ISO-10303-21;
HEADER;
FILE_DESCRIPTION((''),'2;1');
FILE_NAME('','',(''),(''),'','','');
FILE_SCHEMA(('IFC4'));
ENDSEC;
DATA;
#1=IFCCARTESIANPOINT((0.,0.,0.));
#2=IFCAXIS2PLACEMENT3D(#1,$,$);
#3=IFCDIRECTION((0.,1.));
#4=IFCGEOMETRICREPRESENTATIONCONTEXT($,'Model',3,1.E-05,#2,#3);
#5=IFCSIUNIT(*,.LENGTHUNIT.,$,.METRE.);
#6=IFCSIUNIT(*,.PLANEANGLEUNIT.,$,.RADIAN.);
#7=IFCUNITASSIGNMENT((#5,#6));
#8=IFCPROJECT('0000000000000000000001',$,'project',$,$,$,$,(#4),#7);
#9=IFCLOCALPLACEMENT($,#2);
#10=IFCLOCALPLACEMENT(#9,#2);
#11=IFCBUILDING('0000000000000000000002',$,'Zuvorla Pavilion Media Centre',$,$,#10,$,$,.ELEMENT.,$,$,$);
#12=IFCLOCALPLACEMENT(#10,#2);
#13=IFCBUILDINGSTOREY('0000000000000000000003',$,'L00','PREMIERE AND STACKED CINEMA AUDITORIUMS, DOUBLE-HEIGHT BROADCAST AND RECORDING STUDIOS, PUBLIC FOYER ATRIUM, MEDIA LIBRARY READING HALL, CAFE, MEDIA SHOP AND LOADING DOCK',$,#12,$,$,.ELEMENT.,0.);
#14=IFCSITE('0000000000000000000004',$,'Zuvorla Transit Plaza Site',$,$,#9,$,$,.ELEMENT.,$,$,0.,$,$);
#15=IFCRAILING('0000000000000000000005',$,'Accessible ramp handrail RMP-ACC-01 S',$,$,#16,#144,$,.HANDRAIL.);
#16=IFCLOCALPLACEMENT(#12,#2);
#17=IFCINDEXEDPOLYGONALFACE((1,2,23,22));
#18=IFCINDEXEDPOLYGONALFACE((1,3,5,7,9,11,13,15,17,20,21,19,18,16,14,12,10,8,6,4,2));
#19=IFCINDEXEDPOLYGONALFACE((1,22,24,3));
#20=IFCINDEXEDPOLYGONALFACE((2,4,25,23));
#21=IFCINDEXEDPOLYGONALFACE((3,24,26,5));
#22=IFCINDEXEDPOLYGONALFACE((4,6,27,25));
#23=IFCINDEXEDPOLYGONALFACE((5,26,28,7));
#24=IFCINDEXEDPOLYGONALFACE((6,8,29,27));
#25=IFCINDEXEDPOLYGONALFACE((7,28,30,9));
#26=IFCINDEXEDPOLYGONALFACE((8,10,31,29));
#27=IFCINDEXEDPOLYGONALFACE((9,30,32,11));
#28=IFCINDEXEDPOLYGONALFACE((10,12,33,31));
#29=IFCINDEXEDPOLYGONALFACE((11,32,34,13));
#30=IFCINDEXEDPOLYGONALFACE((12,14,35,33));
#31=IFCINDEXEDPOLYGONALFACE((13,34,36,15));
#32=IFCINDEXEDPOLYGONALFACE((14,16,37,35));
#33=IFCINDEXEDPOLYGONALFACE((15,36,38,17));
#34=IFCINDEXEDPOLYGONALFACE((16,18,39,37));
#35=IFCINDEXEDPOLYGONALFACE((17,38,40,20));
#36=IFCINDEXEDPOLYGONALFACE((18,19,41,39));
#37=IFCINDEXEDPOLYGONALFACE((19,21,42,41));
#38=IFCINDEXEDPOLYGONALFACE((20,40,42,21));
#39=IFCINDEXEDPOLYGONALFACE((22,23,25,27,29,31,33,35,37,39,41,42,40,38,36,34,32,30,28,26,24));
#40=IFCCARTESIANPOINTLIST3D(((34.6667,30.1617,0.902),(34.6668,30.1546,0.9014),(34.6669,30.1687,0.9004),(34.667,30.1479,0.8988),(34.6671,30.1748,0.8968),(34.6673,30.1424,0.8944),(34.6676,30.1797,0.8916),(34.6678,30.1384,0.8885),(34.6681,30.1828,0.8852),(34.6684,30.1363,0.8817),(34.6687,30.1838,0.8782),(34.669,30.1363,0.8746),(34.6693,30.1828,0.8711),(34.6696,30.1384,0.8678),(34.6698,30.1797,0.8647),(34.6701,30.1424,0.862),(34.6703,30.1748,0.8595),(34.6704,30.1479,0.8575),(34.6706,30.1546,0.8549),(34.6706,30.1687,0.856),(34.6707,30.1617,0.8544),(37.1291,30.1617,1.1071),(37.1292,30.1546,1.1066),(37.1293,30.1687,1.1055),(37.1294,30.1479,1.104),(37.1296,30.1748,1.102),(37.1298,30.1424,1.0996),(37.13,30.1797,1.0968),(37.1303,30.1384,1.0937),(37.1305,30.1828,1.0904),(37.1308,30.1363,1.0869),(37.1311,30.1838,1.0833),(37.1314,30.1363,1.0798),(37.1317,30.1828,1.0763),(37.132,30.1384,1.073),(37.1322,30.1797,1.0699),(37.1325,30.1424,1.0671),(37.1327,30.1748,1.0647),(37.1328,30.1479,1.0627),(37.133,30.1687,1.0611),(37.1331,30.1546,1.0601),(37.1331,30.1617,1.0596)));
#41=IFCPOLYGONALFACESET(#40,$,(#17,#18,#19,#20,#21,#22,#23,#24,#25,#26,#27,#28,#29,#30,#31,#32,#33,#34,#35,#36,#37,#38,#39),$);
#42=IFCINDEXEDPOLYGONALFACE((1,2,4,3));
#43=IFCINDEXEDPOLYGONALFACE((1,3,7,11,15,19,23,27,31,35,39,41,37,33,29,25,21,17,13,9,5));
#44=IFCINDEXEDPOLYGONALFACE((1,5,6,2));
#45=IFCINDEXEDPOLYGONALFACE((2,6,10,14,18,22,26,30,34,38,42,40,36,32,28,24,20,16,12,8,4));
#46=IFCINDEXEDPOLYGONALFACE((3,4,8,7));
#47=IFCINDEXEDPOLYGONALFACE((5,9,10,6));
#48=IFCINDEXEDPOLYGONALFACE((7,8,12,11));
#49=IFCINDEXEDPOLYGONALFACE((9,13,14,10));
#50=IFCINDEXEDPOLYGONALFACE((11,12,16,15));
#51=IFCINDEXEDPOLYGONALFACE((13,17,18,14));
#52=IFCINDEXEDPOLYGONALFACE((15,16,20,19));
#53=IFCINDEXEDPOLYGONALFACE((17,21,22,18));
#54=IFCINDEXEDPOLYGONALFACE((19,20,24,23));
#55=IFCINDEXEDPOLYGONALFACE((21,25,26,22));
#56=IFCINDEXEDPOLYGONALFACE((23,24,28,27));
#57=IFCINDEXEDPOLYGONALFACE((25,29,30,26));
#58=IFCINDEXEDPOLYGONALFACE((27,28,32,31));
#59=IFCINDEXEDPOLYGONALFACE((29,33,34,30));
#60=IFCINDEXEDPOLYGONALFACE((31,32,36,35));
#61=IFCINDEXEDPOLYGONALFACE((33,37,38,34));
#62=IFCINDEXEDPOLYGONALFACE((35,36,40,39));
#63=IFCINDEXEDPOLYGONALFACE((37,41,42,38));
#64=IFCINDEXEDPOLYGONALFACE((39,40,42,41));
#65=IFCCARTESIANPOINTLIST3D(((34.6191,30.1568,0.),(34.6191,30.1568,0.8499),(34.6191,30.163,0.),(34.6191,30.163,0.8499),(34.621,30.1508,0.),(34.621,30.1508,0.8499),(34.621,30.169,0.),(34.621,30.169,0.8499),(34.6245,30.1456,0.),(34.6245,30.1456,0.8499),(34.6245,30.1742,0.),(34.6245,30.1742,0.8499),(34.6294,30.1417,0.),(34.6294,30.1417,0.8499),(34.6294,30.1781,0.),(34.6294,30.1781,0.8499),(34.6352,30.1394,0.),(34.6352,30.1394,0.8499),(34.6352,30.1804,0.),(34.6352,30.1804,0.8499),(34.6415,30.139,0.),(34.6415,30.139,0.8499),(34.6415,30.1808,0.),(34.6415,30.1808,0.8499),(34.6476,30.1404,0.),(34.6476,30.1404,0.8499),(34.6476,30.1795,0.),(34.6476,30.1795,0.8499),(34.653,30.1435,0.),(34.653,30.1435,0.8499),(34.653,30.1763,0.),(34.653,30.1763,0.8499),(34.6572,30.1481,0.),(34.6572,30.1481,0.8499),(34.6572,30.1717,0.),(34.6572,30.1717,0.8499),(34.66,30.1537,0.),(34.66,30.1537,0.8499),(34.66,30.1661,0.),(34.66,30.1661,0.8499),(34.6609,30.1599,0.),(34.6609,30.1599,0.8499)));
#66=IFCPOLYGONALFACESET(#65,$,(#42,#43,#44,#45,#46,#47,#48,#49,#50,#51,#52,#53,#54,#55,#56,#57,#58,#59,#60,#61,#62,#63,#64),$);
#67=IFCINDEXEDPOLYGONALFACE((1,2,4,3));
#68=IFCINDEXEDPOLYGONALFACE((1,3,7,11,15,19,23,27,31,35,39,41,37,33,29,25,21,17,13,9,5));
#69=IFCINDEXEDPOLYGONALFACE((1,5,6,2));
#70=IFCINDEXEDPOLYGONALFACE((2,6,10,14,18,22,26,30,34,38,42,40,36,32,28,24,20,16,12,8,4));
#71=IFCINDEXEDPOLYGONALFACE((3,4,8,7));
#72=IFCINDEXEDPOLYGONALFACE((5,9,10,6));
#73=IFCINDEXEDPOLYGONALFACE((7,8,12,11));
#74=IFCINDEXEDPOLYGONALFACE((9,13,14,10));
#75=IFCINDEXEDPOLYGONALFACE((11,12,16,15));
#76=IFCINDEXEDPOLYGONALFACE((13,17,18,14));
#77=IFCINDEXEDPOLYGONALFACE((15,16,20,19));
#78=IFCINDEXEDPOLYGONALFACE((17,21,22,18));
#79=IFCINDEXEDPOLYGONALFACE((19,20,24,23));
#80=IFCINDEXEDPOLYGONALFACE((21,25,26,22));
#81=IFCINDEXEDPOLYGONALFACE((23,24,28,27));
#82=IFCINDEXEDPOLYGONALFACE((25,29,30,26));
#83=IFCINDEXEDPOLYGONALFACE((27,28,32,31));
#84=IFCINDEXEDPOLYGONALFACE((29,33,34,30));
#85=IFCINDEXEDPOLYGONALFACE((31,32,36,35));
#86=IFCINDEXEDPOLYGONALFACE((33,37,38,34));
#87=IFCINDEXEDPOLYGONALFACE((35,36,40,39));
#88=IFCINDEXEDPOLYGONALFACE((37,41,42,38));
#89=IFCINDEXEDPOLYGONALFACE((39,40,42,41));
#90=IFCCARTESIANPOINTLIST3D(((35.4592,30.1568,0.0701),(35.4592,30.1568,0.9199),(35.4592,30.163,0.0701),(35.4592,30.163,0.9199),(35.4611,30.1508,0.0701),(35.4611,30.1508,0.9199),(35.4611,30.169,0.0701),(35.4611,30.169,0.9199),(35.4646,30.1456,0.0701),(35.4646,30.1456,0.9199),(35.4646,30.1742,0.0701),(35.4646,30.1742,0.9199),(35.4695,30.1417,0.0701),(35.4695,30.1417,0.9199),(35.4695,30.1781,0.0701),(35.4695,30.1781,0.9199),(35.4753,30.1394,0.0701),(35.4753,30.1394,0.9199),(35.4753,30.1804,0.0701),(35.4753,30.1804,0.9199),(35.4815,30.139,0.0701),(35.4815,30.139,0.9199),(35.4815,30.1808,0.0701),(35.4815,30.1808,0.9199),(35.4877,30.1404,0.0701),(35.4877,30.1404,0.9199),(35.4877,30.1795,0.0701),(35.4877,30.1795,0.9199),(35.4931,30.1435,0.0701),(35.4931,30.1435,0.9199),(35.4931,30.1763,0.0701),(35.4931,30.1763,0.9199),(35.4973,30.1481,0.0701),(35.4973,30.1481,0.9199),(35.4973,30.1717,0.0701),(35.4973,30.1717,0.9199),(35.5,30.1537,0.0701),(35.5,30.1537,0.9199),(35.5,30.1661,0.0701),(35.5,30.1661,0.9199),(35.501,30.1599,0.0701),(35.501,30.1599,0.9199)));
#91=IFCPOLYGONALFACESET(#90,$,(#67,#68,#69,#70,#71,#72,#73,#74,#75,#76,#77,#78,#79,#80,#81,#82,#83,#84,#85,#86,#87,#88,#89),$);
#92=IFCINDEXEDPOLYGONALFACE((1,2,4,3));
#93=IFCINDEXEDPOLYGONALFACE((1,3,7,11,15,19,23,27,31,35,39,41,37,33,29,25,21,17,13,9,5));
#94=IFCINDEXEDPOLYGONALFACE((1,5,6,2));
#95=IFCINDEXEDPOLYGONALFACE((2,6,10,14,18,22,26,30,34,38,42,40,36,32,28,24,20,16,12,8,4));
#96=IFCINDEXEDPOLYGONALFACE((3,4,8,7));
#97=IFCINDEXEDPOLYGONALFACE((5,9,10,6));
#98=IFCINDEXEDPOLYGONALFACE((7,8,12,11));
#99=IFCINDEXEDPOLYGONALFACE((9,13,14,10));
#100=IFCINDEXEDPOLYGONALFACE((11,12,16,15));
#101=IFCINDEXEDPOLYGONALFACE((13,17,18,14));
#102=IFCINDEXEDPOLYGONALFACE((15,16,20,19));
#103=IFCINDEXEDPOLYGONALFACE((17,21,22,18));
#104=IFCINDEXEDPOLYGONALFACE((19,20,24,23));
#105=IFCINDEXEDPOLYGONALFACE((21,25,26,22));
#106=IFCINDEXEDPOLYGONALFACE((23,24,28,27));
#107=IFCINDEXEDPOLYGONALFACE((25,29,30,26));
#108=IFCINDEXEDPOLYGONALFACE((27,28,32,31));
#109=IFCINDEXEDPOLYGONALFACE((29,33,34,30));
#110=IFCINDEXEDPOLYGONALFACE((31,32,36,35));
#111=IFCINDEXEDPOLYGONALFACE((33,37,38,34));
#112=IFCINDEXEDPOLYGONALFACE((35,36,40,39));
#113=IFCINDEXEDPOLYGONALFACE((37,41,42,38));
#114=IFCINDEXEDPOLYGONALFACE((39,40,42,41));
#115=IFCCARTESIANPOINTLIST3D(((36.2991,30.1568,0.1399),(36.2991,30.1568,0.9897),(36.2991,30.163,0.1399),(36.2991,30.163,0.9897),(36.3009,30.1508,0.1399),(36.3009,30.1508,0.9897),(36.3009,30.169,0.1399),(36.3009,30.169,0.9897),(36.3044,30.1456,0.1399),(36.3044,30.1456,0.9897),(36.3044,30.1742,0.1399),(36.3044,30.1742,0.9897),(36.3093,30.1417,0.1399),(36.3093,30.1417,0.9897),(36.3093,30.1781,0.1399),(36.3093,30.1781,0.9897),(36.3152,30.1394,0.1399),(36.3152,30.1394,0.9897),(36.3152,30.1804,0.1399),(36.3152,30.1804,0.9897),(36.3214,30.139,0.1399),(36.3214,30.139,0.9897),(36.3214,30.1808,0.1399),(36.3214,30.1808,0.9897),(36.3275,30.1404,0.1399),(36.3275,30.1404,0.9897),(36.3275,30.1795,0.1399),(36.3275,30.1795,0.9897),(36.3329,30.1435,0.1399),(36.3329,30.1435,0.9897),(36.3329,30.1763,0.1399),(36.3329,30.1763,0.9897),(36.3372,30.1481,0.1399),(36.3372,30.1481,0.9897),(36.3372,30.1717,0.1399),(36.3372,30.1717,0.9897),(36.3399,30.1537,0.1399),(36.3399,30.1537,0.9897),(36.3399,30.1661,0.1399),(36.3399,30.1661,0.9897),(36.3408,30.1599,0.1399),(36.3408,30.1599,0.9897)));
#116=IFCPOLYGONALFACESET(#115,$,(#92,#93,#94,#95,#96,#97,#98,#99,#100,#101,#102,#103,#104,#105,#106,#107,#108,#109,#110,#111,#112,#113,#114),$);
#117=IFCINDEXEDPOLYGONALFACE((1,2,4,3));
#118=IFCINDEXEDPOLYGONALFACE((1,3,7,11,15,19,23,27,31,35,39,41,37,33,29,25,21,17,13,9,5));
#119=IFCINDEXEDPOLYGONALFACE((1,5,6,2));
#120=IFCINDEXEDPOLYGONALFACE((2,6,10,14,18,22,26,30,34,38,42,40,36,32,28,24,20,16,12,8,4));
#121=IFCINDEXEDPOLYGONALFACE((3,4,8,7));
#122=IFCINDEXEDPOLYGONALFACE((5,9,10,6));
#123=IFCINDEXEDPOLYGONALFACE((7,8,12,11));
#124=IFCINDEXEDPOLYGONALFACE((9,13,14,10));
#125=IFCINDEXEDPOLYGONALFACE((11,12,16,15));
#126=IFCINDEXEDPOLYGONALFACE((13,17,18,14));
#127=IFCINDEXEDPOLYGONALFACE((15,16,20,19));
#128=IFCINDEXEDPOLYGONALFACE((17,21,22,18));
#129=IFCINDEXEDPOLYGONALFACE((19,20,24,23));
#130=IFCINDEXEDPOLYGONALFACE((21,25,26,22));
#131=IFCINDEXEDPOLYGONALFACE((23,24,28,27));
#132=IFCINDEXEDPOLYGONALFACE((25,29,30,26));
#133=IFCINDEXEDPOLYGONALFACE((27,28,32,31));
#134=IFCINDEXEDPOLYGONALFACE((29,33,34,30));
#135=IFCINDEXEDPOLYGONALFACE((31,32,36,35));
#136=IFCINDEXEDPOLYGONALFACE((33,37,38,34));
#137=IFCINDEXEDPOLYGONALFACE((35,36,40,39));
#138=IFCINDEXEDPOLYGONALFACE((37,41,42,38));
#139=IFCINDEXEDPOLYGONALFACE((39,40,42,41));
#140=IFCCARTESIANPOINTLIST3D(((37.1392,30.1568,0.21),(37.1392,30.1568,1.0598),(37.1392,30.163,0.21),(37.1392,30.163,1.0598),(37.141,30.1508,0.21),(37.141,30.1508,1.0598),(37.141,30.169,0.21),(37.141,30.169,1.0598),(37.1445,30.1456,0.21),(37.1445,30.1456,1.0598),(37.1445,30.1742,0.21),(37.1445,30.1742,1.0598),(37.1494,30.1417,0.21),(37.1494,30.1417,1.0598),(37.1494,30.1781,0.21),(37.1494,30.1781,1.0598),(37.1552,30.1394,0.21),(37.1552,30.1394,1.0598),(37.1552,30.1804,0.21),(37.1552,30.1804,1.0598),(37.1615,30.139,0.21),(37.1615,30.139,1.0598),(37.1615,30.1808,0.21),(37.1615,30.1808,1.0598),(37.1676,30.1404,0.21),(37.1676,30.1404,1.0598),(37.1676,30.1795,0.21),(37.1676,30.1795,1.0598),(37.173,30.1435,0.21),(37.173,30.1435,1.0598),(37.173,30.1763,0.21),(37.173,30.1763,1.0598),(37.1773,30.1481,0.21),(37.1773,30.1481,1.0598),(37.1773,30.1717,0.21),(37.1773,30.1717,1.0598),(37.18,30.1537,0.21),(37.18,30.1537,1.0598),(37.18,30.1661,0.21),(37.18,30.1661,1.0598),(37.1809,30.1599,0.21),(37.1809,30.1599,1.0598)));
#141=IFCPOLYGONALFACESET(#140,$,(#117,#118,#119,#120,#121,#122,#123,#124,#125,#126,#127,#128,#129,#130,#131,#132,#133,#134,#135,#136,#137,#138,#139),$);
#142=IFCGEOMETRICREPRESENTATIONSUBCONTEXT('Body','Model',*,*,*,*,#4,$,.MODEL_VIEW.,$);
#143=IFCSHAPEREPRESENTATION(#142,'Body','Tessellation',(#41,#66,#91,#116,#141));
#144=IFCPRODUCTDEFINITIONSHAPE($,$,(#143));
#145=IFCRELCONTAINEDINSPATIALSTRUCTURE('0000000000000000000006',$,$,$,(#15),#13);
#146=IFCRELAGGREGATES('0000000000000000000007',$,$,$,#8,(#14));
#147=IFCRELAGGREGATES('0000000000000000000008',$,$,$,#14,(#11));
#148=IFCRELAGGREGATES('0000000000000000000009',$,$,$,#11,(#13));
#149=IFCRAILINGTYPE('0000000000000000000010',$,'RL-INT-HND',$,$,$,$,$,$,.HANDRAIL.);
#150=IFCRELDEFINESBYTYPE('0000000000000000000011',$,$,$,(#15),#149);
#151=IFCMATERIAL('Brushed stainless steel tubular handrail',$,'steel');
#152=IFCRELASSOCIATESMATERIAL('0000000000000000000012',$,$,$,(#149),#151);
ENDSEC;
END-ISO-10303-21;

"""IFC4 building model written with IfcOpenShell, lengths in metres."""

from ifc_helpers import new_model, si_unit, direction, frame, origin, origin_2d, place, context, subcontext, project, spatial, circle, extrude, material, type_object, element, save


model = new_model("IFC4")

# Units and contexts
model_context = context("Model", 3, precision=1e-05, world=origin(), true_north=direction((0.0, 1.0)))
body_context = subcontext(model_context, "Body", "Model", "MODEL_VIEW")
ifc_project = project(units=[si_unit("LENGTHUNIT", "METRE"), si_unit("PLANEANGLEUNIT", "RADIAN")], contexts=[model_context])

# Site, building, storey
site_placement = place(None, origin())
site = spatial("IfcSite", under=ifc_project, at=site_placement, Name="Zuvorla Transit Plaza Site", CompositionType="ELEMENT", RefElevation=0.0)
building_placement = place(site_placement, origin())
building = spatial("IfcBuilding", under=site, at=building_placement, Name="Zuvorla Pavilion Media Centre", CompositionType="ELEMENT")
storey_placement = place(building_placement, origin())
storey = spatial("IfcBuildingStorey", under=building, at=storey_placement, Name="L00", Description="PREMIERE AND STACKED CINEMA AUDITORIUMS, DOUBLE-HEIGHT BROADCAST AND RECORDING STUDIOS, PUBLIC FOYER ATRIUM, MEDIA LIBRARY READING HALL, CAFE, MEDIA SHOP AND LOADING DOCK", CompositionType="ELEMENT", Elevation=0.0)

# Railing
ifc_material_1 = material(Name="Brushed stainless steel tubular handrail", Category="steel")
railing_type = type_object("IfcRailingType", Name="RL-INT-HND", PredefinedType="HANDRAIL", material=ifc_material_1)
for number, where, name in (
    (1, (34.6399, 30.1599, 0.0), "Accessible ramp handrail RMP-ACC-01 S"),
):
    element("IfcRailing", number, at=place(storey_placement, frame(where)), inside=storey, type_object=railing_type, Name=name, PredefinedType="HANDRAIL", context=body_context, shape_type="SweptSolid", body=[
        extrude(circle(Radius=0.0239, at=origin_2d()), frame((0.0288, 0.0, 0.8782), z_axis=(0.996547, 0.0, 0.083029), x_axis=(0.0, 1.0, 0.0)), (0.0, 0.0, 1.0), 2.4709),
        extrude(circle(Radius=0.021, at=origin_2d()), origin(), (0.0, 0.0, 1.0), 0.8499),
        extrude(circle(Radius=0.021, at=origin_2d()), frame((0.8401, 0.0, 0.0701)), (0.0, 0.0, 1.0), 0.8499),
        extrude(circle(Radius=0.021, at=origin_2d()), frame((1.6799, 0.0, 0.1399)), (0.0, 0.0, 1.0), 0.8499),
        extrude(circle(Radius=0.021, at=origin_2d()), frame((2.52, 0.0, 0.21)), (0.0, 0.0, 1.0), 0.8499),
    ])

save(model, "model.ifc")
